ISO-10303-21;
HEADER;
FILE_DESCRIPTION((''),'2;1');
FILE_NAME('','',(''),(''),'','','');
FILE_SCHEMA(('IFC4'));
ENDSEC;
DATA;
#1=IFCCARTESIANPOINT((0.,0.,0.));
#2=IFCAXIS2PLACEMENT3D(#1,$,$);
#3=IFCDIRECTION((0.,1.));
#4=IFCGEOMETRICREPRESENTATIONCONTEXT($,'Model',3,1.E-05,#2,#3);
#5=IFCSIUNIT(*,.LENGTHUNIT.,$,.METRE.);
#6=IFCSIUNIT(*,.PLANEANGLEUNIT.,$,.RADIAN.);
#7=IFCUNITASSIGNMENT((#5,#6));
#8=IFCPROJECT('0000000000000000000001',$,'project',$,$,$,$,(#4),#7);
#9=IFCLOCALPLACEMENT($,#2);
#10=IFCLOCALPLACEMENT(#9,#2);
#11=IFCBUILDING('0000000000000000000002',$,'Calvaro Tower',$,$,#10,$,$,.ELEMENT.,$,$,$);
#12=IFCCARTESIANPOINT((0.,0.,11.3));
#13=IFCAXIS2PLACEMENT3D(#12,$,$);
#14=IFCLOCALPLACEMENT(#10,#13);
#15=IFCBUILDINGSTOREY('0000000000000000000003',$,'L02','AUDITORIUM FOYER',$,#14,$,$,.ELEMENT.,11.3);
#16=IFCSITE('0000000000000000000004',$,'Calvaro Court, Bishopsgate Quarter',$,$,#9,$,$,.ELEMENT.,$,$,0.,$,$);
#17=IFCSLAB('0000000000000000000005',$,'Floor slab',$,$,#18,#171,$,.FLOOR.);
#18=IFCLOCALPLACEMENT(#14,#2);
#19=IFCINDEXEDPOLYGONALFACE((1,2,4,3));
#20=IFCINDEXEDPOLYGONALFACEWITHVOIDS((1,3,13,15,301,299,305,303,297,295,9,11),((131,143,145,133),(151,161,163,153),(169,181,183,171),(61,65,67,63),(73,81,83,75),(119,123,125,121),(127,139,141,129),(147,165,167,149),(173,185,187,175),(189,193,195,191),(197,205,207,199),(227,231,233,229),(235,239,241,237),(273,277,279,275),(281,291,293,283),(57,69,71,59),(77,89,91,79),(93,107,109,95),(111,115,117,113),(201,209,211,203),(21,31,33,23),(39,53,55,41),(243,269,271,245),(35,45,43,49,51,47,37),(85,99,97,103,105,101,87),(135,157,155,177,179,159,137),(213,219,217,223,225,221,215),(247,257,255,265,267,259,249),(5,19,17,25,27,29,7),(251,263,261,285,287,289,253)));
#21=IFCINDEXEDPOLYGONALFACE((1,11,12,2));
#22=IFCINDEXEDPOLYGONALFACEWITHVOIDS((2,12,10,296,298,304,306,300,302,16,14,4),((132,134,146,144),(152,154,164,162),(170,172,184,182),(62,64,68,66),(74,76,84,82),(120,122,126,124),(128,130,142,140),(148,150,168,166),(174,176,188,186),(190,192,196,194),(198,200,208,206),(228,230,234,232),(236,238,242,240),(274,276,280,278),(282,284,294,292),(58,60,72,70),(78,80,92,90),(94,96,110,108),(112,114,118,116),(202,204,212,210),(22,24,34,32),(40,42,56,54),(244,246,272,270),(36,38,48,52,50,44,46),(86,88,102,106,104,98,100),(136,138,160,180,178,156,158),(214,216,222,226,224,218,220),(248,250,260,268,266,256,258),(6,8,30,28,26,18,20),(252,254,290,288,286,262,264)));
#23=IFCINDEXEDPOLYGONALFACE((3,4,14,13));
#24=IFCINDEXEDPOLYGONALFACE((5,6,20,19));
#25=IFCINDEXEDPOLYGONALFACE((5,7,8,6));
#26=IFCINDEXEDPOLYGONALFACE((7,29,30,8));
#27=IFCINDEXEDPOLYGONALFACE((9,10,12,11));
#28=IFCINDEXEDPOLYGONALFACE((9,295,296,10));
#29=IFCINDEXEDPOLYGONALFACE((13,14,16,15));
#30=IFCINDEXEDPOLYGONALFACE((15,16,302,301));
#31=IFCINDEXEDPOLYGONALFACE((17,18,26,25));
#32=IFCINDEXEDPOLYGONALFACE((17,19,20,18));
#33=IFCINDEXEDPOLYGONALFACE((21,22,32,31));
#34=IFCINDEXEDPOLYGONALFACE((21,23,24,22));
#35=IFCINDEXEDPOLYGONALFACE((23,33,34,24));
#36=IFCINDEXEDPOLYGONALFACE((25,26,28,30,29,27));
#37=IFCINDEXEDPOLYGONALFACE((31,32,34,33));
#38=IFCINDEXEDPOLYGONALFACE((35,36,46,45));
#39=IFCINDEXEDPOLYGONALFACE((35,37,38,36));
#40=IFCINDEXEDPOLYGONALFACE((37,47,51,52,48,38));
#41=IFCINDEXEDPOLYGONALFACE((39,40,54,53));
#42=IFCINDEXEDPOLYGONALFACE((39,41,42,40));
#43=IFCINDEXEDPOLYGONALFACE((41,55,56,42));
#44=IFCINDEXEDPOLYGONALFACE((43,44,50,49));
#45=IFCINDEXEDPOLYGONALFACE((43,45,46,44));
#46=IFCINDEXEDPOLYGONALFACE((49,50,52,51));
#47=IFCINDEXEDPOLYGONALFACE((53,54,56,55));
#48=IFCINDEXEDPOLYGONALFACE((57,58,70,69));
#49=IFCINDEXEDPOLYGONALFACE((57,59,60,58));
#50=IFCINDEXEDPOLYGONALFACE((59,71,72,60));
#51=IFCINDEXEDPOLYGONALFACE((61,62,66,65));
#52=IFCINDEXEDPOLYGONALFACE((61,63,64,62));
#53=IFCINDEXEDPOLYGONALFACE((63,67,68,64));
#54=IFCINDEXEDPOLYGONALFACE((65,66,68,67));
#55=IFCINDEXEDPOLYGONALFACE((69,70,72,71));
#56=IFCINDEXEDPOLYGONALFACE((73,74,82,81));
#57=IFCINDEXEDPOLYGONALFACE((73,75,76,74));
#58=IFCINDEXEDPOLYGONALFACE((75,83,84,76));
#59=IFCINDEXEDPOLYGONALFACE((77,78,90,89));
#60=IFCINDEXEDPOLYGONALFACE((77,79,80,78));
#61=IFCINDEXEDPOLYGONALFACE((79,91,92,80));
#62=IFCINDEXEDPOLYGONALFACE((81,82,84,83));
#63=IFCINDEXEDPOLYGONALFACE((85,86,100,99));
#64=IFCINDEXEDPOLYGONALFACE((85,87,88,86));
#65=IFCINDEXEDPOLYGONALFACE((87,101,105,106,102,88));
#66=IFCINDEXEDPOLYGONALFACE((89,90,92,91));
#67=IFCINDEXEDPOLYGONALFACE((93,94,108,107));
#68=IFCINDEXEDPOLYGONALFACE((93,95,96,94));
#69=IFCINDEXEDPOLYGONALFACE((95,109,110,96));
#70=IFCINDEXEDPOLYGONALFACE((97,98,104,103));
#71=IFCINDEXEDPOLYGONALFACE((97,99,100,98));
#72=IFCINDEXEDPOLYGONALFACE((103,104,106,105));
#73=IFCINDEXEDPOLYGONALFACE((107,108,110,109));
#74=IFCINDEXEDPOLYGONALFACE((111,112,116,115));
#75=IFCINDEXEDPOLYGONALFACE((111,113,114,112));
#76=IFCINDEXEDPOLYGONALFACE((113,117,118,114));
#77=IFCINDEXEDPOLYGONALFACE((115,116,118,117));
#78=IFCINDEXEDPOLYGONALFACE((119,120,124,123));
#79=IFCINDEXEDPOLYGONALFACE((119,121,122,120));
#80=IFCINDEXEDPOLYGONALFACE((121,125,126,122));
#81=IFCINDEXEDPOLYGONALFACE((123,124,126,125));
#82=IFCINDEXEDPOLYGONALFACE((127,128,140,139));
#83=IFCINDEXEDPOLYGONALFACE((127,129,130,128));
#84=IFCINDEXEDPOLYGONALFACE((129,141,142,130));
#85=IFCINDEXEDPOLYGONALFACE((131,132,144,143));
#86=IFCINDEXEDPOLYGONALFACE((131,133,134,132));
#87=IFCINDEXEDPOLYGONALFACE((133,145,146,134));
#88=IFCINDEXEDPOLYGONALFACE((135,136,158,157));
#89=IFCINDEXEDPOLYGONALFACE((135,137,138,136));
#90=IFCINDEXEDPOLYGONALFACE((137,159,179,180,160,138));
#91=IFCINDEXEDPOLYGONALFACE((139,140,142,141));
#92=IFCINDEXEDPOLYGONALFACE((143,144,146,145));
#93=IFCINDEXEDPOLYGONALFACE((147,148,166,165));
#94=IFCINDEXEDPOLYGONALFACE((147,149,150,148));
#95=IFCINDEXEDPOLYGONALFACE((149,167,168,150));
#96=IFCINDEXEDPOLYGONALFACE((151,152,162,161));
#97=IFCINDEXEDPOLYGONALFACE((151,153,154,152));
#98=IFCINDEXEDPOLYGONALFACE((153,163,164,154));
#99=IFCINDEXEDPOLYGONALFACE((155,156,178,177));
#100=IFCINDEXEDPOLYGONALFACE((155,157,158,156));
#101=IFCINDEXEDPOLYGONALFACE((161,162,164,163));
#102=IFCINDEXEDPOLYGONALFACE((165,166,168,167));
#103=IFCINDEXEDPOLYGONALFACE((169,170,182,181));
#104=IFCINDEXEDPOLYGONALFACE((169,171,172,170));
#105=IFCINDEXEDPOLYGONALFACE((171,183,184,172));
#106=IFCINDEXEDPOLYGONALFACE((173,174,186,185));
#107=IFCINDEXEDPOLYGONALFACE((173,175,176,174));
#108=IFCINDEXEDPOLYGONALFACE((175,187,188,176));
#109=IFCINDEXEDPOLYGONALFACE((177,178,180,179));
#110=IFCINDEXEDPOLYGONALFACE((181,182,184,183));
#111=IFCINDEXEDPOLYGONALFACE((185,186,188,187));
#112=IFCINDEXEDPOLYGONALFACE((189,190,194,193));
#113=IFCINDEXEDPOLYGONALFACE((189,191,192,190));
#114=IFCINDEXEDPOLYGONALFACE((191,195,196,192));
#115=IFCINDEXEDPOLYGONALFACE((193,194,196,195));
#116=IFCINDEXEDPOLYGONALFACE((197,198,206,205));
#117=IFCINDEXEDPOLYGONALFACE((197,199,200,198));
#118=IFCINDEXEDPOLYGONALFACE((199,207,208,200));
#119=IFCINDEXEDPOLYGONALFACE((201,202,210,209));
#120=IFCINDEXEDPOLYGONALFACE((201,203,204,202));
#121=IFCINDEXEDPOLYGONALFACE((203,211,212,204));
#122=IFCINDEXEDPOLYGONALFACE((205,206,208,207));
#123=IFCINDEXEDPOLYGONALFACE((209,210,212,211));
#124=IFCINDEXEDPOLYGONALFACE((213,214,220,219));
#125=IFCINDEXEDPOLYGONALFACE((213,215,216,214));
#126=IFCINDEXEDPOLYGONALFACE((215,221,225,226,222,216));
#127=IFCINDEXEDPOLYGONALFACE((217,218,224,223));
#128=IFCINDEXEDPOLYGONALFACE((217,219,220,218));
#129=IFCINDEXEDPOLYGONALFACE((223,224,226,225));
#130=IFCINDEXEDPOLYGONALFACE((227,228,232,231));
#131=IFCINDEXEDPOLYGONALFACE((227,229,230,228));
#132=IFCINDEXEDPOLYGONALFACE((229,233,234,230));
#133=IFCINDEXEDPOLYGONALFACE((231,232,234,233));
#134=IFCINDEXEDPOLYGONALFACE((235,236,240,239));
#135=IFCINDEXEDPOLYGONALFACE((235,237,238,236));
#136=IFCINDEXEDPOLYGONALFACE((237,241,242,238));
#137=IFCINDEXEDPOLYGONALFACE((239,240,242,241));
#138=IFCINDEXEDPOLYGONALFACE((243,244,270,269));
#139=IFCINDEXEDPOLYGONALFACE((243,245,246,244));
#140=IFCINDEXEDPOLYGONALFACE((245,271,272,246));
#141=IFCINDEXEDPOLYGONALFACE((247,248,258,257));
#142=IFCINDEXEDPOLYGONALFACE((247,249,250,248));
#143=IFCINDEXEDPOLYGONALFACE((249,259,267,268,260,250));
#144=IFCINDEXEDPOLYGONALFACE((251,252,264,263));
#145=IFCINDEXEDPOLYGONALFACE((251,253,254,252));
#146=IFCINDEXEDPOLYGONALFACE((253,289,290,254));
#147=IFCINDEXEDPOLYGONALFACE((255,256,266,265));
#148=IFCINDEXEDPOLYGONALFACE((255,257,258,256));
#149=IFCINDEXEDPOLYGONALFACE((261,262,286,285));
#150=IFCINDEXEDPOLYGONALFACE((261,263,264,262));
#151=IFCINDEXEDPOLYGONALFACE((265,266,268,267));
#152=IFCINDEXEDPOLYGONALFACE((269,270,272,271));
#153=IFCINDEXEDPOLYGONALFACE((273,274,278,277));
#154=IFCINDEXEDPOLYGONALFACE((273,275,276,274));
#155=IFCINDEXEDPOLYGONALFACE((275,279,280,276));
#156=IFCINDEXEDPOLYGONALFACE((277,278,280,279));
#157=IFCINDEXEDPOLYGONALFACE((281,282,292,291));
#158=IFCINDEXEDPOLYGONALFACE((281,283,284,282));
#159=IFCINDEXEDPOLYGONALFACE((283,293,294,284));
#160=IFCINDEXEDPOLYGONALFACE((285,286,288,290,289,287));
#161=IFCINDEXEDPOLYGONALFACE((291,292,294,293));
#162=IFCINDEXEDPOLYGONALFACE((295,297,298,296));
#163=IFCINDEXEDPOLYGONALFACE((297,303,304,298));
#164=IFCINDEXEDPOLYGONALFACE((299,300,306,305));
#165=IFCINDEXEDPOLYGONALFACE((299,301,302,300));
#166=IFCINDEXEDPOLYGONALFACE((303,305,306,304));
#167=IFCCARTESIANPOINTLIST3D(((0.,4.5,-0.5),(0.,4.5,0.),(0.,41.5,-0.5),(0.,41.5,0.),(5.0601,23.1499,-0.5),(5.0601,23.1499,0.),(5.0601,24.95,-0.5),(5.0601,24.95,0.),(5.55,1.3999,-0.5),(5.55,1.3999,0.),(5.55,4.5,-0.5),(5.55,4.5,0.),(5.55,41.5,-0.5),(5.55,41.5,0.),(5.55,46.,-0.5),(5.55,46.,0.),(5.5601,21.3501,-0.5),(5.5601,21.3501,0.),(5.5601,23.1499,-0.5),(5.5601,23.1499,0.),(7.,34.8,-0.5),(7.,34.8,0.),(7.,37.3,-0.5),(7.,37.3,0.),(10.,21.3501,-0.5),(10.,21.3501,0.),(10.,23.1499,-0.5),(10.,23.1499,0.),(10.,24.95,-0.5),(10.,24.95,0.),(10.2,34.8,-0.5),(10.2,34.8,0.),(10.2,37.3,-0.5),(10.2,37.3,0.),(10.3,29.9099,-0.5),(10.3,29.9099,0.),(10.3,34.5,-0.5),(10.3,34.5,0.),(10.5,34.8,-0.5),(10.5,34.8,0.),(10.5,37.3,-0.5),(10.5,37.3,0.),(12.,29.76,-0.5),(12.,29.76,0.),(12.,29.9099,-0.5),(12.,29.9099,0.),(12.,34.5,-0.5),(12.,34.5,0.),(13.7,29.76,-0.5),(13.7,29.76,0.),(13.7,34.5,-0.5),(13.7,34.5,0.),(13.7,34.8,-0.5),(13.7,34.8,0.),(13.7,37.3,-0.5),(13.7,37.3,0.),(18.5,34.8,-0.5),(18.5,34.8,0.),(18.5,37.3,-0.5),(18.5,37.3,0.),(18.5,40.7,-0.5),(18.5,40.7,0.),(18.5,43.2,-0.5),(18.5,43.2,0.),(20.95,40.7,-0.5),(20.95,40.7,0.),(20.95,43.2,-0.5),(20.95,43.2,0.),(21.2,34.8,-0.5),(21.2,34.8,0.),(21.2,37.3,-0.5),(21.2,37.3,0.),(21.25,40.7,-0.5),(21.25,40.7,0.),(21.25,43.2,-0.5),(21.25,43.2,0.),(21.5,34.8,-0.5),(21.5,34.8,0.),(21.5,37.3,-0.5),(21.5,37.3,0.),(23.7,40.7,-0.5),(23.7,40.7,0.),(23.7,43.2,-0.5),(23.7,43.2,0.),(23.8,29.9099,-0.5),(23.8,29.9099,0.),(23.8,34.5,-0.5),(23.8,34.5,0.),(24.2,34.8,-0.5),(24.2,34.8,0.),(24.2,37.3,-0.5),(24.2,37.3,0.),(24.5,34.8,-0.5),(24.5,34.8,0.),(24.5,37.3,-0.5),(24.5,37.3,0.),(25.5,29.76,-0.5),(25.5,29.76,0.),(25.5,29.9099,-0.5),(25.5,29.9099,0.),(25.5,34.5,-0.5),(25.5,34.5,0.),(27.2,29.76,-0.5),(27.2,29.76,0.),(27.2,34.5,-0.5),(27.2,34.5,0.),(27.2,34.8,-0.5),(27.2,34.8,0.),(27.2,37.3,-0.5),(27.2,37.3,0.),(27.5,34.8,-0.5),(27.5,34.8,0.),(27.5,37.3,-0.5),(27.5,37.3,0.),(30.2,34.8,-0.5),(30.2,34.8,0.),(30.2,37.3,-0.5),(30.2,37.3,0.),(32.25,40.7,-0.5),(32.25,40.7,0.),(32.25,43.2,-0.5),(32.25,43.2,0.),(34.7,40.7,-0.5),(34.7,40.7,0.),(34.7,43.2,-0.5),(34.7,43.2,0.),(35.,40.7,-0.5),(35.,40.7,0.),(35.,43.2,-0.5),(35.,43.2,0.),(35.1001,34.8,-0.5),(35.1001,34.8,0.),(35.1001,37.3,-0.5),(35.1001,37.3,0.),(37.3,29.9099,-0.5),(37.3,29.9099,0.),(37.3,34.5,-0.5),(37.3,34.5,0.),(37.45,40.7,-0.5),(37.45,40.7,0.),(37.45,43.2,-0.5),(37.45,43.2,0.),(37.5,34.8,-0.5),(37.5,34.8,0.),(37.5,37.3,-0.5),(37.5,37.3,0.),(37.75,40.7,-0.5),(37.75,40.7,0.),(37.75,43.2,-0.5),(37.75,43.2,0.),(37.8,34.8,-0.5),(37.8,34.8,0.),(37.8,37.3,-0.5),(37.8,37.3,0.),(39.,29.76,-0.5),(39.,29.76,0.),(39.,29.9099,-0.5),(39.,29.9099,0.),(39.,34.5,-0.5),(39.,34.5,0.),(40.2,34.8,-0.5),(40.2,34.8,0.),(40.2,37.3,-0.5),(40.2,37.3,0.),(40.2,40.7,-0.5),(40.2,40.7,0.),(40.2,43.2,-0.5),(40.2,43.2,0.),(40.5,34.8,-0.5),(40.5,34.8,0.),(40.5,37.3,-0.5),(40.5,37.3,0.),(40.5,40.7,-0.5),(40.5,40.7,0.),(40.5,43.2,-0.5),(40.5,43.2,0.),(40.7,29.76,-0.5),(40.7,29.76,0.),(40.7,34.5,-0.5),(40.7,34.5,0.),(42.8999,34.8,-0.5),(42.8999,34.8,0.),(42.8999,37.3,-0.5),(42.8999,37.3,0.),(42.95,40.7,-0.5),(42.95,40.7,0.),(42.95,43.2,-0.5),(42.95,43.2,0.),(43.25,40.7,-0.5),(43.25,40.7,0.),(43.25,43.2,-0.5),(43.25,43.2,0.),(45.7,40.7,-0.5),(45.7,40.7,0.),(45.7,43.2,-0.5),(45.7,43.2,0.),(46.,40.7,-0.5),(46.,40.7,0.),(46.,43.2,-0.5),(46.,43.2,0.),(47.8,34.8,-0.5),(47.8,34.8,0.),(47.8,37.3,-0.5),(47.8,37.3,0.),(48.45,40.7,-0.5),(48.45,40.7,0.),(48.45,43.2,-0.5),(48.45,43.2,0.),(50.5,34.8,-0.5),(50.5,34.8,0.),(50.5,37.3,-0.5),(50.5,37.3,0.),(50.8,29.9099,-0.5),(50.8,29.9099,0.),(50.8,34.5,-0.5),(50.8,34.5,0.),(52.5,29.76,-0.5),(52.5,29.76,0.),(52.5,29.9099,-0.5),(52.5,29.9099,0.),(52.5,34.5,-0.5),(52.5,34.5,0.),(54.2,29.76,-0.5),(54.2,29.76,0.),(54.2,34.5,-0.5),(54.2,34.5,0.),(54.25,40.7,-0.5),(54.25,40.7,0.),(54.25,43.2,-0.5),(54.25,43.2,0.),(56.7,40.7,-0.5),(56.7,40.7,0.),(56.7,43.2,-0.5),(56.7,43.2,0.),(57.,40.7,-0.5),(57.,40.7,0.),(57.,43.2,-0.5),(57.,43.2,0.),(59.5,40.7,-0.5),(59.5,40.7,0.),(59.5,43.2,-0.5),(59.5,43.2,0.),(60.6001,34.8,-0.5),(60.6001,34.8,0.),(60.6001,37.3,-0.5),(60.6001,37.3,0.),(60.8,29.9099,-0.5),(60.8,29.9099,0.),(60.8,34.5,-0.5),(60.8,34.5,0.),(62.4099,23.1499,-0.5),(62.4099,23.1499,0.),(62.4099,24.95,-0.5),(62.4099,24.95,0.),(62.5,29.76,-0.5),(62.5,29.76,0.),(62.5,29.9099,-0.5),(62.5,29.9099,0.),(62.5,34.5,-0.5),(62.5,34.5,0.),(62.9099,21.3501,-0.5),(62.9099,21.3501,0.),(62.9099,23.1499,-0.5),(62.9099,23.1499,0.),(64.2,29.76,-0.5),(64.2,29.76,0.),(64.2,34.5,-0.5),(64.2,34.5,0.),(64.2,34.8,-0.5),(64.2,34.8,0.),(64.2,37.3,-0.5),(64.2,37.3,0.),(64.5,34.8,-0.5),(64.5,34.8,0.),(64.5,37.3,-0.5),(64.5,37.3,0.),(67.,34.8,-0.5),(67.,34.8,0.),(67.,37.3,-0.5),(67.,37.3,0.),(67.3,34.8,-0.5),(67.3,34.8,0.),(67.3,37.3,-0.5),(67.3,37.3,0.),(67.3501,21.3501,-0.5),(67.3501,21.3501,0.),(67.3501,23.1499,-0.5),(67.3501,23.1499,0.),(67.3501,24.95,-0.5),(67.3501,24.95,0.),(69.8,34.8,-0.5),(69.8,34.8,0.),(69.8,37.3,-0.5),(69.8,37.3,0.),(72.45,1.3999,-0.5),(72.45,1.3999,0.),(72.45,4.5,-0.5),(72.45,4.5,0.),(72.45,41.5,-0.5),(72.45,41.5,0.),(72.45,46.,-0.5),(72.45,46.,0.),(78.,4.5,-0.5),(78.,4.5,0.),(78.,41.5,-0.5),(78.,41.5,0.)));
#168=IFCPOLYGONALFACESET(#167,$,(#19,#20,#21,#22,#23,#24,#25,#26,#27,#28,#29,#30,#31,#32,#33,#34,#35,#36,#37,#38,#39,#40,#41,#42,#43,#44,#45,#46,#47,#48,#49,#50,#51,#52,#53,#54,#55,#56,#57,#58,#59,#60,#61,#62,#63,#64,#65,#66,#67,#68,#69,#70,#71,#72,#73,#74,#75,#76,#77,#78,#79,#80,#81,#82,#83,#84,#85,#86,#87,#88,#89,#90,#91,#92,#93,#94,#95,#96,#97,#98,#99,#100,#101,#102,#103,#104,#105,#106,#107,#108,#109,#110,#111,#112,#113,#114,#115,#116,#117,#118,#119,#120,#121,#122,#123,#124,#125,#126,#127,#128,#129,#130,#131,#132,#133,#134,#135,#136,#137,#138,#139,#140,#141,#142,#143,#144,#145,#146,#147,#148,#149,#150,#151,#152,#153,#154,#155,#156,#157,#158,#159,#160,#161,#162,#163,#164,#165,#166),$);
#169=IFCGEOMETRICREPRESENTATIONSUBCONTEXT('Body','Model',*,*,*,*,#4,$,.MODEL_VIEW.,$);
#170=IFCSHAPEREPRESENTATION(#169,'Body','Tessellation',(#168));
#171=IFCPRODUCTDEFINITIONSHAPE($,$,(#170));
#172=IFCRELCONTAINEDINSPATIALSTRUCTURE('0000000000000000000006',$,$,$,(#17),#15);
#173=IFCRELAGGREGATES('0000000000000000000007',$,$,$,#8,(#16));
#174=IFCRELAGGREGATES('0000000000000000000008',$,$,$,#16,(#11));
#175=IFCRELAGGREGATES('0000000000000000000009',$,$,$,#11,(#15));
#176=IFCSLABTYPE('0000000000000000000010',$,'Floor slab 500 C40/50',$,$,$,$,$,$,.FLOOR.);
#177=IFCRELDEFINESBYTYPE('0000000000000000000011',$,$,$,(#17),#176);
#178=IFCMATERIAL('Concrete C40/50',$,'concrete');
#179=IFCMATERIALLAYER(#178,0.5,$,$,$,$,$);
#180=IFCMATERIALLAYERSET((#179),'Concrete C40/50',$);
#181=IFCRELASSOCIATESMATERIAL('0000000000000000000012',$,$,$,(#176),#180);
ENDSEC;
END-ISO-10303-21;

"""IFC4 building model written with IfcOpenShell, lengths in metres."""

from ifc_helpers import new_model, si_unit, direction, frame, origin, place, context, subcontext, project, spatial, polyline, outline, extrude, material, layer, layer_set, type_object, element, save


model = new_model("IFC4")

# Units and contexts
model_context = context("Model", 3, precision=1e-05, world=origin(), true_north=direction((0.0, 1.0)))
body_context = subcontext(model_context, "Body", "Model", "MODEL_VIEW")
ifc_project = project(units=[si_unit("LENGTHUNIT", "METRE"), si_unit("PLANEANGLEUNIT", "RADIAN")], contexts=[model_context])

# Site, building, storey
site_placement = place(None, origin())
site = spatial("IfcSite", under=ifc_project, at=site_placement, Name="Calvaro Court, Bishopsgate Quarter", CompositionType="ELEMENT", RefElevation=0.0)
building_placement = place(site_placement, origin())
building = spatial("IfcBuilding", under=site, at=building_placement, Name="Calvaro Tower", CompositionType="ELEMENT")
storey_placement = place(building_placement, frame((0.0, 0.0, 11.3)))
storey = spatial("IfcBuildingStorey", under=building, at=storey_placement, Name="L02", Description="AUDITORIUM FOYER", CompositionType="ELEMENT", Elevation=11.3)

# Slab
ifc_material_1 = material(Name="Concrete C40/50", Category="concrete")
ifc_layer_1 = layer(ifc_material_1, 0.5)
ifc_layer_set_1 = layer_set([ifc_layer_1], Name="Concrete C40/50")
slab_type_1 = type_object("IfcSlabType", Name="Floor slab 500 C40/50", PredefinedType="FLOOR", material=ifc_layer_set_1)
slab_1_placement = place(storey_placement, frame((0.0, 0.0, -0.5)))
element("IfcSlab", 1, at=slab_1_placement, inside=storey, type_object=slab_type_1, Name="Floor slab", PredefinedType="FLOOR", context=body_context, shape_type="SweptSolid", body=[
    extrude(outline(polyline([(72.45, 4.5), (72.45, 1.3999), (5.55, 1.3999), (5.55, 4.5), (0.0, 4.5), (0.0, 41.5), (5.55, 41.5), (5.55, 46.0), (72.45, 46.0), (72.45, 41.5), (78.0, 41.5), (78.0, 4.5), (72.45, 4.5)]), holes=[polyline([(13.7, 34.5), (13.7, 29.76), (12.0, 29.76), (12.0, 29.9099), (10.3, 29.9099), (10.3, 34.5), (12.0, 34.5), (13.7, 34.5)]), polyline([(27.2, 34.5), (27.2, 29.76), (25.5, 29.76), (25.5, 29.9099), (23.8, 29.9099), (23.8, 34.5), (25.5, 34.5), (27.2, 34.5)]), polyline([(40.7, 34.5), (40.7, 29.76), (39.0, 29.76), (39.0, 29.9099), (37.3, 29.9099), (37.3, 34.5), (39.0, 34.5), (40.7, 34.5)]), polyline([(54.2, 34.5), (54.2, 29.76), (52.5, 29.76), (52.5, 29.9099), (50.8, 29.9099), (50.8, 34.5), (52.5, 34.5), (54.2, 34.5)]), polyline([(64.2, 34.5), (64.2, 29.76), (62.5, 29.76), (62.5, 29.9099), (60.8, 29.9099), (60.8, 34.5), (62.5, 34.5), (64.2, 34.5)]), polyline([(18.5, 34.8), (21.2, 34.8), (21.2, 37.3), (18.5, 37.3), (18.5, 34.8)]), polyline([(21.5, 34.8), (24.2, 34.8), (24.2, 37.3), (21.5, 37.3), (21.5, 34.8)]), polyline([(24.5, 34.8), (27.2, 34.8), (27.2, 37.3), (24.5, 37.3), (24.5, 34.8)]), polyline([(35.1001, 34.8), (37.5, 34.8), (37.5, 37.3), (35.1001, 37.3), (35.1001, 34.8)]), polyline([(37.8, 34.8), (40.2, 34.8), (40.2, 37.3), (37.8, 37.3), (37.8, 34.8)]), polyline([(40.5, 34.8), (42.8999, 34.8), (42.8999, 37.3), (40.5, 37.3), (40.5, 34.8)]), polyline([(18.5, 40.7), (20.95, 40.7), (20.95, 43.2), (18.5, 43.2), (18.5, 40.7)]), polyline([(21.25, 40.7), (23.7, 40.7), (23.7, 43.2), (21.25, 43.2), (21.25, 40.7)]), polyline([(32.25, 40.7), (34.7, 40.7), (34.7, 43.2), (32.25, 43.2), (32.25, 40.7)]), polyline([(35.0, 40.7), (37.45, 40.7), (37.45, 43.2), (35.0, 43.2), (35.0, 40.7)]), polyline([(37.75, 40.7), (40.2, 40.7), (40.2, 43.2), (37.75, 43.2), (37.75, 40.7)]), polyline([(40.5, 40.7), (42.95, 40.7), (42.95, 43.2), (40.5, 43.2), (40.5, 40.7)]), polyline([(43.25, 40.7), (45.7, 40.7), (45.7, 43.2), (43.25, 43.2), (43.25, 40.7)]), polyline([(46.0, 40.7), (48.45, 40.7), (48.45, 43.2), (46.0, 43.2), (46.0, 40.7)]), polyline([(54.25, 40.7), (56.7, 40.7), (56.7, 43.2), (54.25, 43.2), (54.25, 40.7)]), polyline([(57.0, 40.7), (59.5, 40.7), (59.5, 43.2), (57.0, 43.2), (57.0, 40.7)]), polyline([(7.0, 34.8), (10.2, 34.8), (10.2, 37.3), (7.0, 37.3), (7.0, 34.8)]), polyline([(10.5, 34.8), (13.7, 34.8), (13.7, 37.3), (10.5, 37.3), (10.5, 34.8)]), polyline([(60.6001, 34.8), (64.2, 34.8), (64.2, 37.3), (60.6001, 37.3), (60.6001, 34.8)]), polyline([(64.5, 34.8), (67.0, 34.8), (67.0, 37.3), (64.5, 37.3), (64.5, 34.8)]), polyline([(67.3, 34.8), (69.8, 34.8), (69.8, 37.3), (67.3, 37.3), (67.3, 34.8)]), polyline([(27.5, 34.8), (30.2, 34.8), (30.2, 37.3), (27.5, 37.3), (27.5, 34.8)]), polyline([(47.8, 34.8), (50.5, 34.8), (50.5, 37.3), (47.8, 37.3), (47.8, 34.8)]), polyline([(10.0, 24.95), (5.0601, 24.95), (5.0601, 23.1499), (5.5601, 23.1499), (5.5601, 21.3501), (10.0, 21.3501), (10.0, 23.1499), (10.0, 24.95)]), polyline([(67.3501, 24.95), (62.4099, 24.95), (62.4099, 23.1499), (62.9099, 23.1499), (62.9099, 21.3501), (67.3501, 21.3501), (67.3501, 23.1499), (67.3501, 24.95)])]), origin(), (0.0, 0.0, 1.0), 0.5),
])

save(model, "model.ifc")
